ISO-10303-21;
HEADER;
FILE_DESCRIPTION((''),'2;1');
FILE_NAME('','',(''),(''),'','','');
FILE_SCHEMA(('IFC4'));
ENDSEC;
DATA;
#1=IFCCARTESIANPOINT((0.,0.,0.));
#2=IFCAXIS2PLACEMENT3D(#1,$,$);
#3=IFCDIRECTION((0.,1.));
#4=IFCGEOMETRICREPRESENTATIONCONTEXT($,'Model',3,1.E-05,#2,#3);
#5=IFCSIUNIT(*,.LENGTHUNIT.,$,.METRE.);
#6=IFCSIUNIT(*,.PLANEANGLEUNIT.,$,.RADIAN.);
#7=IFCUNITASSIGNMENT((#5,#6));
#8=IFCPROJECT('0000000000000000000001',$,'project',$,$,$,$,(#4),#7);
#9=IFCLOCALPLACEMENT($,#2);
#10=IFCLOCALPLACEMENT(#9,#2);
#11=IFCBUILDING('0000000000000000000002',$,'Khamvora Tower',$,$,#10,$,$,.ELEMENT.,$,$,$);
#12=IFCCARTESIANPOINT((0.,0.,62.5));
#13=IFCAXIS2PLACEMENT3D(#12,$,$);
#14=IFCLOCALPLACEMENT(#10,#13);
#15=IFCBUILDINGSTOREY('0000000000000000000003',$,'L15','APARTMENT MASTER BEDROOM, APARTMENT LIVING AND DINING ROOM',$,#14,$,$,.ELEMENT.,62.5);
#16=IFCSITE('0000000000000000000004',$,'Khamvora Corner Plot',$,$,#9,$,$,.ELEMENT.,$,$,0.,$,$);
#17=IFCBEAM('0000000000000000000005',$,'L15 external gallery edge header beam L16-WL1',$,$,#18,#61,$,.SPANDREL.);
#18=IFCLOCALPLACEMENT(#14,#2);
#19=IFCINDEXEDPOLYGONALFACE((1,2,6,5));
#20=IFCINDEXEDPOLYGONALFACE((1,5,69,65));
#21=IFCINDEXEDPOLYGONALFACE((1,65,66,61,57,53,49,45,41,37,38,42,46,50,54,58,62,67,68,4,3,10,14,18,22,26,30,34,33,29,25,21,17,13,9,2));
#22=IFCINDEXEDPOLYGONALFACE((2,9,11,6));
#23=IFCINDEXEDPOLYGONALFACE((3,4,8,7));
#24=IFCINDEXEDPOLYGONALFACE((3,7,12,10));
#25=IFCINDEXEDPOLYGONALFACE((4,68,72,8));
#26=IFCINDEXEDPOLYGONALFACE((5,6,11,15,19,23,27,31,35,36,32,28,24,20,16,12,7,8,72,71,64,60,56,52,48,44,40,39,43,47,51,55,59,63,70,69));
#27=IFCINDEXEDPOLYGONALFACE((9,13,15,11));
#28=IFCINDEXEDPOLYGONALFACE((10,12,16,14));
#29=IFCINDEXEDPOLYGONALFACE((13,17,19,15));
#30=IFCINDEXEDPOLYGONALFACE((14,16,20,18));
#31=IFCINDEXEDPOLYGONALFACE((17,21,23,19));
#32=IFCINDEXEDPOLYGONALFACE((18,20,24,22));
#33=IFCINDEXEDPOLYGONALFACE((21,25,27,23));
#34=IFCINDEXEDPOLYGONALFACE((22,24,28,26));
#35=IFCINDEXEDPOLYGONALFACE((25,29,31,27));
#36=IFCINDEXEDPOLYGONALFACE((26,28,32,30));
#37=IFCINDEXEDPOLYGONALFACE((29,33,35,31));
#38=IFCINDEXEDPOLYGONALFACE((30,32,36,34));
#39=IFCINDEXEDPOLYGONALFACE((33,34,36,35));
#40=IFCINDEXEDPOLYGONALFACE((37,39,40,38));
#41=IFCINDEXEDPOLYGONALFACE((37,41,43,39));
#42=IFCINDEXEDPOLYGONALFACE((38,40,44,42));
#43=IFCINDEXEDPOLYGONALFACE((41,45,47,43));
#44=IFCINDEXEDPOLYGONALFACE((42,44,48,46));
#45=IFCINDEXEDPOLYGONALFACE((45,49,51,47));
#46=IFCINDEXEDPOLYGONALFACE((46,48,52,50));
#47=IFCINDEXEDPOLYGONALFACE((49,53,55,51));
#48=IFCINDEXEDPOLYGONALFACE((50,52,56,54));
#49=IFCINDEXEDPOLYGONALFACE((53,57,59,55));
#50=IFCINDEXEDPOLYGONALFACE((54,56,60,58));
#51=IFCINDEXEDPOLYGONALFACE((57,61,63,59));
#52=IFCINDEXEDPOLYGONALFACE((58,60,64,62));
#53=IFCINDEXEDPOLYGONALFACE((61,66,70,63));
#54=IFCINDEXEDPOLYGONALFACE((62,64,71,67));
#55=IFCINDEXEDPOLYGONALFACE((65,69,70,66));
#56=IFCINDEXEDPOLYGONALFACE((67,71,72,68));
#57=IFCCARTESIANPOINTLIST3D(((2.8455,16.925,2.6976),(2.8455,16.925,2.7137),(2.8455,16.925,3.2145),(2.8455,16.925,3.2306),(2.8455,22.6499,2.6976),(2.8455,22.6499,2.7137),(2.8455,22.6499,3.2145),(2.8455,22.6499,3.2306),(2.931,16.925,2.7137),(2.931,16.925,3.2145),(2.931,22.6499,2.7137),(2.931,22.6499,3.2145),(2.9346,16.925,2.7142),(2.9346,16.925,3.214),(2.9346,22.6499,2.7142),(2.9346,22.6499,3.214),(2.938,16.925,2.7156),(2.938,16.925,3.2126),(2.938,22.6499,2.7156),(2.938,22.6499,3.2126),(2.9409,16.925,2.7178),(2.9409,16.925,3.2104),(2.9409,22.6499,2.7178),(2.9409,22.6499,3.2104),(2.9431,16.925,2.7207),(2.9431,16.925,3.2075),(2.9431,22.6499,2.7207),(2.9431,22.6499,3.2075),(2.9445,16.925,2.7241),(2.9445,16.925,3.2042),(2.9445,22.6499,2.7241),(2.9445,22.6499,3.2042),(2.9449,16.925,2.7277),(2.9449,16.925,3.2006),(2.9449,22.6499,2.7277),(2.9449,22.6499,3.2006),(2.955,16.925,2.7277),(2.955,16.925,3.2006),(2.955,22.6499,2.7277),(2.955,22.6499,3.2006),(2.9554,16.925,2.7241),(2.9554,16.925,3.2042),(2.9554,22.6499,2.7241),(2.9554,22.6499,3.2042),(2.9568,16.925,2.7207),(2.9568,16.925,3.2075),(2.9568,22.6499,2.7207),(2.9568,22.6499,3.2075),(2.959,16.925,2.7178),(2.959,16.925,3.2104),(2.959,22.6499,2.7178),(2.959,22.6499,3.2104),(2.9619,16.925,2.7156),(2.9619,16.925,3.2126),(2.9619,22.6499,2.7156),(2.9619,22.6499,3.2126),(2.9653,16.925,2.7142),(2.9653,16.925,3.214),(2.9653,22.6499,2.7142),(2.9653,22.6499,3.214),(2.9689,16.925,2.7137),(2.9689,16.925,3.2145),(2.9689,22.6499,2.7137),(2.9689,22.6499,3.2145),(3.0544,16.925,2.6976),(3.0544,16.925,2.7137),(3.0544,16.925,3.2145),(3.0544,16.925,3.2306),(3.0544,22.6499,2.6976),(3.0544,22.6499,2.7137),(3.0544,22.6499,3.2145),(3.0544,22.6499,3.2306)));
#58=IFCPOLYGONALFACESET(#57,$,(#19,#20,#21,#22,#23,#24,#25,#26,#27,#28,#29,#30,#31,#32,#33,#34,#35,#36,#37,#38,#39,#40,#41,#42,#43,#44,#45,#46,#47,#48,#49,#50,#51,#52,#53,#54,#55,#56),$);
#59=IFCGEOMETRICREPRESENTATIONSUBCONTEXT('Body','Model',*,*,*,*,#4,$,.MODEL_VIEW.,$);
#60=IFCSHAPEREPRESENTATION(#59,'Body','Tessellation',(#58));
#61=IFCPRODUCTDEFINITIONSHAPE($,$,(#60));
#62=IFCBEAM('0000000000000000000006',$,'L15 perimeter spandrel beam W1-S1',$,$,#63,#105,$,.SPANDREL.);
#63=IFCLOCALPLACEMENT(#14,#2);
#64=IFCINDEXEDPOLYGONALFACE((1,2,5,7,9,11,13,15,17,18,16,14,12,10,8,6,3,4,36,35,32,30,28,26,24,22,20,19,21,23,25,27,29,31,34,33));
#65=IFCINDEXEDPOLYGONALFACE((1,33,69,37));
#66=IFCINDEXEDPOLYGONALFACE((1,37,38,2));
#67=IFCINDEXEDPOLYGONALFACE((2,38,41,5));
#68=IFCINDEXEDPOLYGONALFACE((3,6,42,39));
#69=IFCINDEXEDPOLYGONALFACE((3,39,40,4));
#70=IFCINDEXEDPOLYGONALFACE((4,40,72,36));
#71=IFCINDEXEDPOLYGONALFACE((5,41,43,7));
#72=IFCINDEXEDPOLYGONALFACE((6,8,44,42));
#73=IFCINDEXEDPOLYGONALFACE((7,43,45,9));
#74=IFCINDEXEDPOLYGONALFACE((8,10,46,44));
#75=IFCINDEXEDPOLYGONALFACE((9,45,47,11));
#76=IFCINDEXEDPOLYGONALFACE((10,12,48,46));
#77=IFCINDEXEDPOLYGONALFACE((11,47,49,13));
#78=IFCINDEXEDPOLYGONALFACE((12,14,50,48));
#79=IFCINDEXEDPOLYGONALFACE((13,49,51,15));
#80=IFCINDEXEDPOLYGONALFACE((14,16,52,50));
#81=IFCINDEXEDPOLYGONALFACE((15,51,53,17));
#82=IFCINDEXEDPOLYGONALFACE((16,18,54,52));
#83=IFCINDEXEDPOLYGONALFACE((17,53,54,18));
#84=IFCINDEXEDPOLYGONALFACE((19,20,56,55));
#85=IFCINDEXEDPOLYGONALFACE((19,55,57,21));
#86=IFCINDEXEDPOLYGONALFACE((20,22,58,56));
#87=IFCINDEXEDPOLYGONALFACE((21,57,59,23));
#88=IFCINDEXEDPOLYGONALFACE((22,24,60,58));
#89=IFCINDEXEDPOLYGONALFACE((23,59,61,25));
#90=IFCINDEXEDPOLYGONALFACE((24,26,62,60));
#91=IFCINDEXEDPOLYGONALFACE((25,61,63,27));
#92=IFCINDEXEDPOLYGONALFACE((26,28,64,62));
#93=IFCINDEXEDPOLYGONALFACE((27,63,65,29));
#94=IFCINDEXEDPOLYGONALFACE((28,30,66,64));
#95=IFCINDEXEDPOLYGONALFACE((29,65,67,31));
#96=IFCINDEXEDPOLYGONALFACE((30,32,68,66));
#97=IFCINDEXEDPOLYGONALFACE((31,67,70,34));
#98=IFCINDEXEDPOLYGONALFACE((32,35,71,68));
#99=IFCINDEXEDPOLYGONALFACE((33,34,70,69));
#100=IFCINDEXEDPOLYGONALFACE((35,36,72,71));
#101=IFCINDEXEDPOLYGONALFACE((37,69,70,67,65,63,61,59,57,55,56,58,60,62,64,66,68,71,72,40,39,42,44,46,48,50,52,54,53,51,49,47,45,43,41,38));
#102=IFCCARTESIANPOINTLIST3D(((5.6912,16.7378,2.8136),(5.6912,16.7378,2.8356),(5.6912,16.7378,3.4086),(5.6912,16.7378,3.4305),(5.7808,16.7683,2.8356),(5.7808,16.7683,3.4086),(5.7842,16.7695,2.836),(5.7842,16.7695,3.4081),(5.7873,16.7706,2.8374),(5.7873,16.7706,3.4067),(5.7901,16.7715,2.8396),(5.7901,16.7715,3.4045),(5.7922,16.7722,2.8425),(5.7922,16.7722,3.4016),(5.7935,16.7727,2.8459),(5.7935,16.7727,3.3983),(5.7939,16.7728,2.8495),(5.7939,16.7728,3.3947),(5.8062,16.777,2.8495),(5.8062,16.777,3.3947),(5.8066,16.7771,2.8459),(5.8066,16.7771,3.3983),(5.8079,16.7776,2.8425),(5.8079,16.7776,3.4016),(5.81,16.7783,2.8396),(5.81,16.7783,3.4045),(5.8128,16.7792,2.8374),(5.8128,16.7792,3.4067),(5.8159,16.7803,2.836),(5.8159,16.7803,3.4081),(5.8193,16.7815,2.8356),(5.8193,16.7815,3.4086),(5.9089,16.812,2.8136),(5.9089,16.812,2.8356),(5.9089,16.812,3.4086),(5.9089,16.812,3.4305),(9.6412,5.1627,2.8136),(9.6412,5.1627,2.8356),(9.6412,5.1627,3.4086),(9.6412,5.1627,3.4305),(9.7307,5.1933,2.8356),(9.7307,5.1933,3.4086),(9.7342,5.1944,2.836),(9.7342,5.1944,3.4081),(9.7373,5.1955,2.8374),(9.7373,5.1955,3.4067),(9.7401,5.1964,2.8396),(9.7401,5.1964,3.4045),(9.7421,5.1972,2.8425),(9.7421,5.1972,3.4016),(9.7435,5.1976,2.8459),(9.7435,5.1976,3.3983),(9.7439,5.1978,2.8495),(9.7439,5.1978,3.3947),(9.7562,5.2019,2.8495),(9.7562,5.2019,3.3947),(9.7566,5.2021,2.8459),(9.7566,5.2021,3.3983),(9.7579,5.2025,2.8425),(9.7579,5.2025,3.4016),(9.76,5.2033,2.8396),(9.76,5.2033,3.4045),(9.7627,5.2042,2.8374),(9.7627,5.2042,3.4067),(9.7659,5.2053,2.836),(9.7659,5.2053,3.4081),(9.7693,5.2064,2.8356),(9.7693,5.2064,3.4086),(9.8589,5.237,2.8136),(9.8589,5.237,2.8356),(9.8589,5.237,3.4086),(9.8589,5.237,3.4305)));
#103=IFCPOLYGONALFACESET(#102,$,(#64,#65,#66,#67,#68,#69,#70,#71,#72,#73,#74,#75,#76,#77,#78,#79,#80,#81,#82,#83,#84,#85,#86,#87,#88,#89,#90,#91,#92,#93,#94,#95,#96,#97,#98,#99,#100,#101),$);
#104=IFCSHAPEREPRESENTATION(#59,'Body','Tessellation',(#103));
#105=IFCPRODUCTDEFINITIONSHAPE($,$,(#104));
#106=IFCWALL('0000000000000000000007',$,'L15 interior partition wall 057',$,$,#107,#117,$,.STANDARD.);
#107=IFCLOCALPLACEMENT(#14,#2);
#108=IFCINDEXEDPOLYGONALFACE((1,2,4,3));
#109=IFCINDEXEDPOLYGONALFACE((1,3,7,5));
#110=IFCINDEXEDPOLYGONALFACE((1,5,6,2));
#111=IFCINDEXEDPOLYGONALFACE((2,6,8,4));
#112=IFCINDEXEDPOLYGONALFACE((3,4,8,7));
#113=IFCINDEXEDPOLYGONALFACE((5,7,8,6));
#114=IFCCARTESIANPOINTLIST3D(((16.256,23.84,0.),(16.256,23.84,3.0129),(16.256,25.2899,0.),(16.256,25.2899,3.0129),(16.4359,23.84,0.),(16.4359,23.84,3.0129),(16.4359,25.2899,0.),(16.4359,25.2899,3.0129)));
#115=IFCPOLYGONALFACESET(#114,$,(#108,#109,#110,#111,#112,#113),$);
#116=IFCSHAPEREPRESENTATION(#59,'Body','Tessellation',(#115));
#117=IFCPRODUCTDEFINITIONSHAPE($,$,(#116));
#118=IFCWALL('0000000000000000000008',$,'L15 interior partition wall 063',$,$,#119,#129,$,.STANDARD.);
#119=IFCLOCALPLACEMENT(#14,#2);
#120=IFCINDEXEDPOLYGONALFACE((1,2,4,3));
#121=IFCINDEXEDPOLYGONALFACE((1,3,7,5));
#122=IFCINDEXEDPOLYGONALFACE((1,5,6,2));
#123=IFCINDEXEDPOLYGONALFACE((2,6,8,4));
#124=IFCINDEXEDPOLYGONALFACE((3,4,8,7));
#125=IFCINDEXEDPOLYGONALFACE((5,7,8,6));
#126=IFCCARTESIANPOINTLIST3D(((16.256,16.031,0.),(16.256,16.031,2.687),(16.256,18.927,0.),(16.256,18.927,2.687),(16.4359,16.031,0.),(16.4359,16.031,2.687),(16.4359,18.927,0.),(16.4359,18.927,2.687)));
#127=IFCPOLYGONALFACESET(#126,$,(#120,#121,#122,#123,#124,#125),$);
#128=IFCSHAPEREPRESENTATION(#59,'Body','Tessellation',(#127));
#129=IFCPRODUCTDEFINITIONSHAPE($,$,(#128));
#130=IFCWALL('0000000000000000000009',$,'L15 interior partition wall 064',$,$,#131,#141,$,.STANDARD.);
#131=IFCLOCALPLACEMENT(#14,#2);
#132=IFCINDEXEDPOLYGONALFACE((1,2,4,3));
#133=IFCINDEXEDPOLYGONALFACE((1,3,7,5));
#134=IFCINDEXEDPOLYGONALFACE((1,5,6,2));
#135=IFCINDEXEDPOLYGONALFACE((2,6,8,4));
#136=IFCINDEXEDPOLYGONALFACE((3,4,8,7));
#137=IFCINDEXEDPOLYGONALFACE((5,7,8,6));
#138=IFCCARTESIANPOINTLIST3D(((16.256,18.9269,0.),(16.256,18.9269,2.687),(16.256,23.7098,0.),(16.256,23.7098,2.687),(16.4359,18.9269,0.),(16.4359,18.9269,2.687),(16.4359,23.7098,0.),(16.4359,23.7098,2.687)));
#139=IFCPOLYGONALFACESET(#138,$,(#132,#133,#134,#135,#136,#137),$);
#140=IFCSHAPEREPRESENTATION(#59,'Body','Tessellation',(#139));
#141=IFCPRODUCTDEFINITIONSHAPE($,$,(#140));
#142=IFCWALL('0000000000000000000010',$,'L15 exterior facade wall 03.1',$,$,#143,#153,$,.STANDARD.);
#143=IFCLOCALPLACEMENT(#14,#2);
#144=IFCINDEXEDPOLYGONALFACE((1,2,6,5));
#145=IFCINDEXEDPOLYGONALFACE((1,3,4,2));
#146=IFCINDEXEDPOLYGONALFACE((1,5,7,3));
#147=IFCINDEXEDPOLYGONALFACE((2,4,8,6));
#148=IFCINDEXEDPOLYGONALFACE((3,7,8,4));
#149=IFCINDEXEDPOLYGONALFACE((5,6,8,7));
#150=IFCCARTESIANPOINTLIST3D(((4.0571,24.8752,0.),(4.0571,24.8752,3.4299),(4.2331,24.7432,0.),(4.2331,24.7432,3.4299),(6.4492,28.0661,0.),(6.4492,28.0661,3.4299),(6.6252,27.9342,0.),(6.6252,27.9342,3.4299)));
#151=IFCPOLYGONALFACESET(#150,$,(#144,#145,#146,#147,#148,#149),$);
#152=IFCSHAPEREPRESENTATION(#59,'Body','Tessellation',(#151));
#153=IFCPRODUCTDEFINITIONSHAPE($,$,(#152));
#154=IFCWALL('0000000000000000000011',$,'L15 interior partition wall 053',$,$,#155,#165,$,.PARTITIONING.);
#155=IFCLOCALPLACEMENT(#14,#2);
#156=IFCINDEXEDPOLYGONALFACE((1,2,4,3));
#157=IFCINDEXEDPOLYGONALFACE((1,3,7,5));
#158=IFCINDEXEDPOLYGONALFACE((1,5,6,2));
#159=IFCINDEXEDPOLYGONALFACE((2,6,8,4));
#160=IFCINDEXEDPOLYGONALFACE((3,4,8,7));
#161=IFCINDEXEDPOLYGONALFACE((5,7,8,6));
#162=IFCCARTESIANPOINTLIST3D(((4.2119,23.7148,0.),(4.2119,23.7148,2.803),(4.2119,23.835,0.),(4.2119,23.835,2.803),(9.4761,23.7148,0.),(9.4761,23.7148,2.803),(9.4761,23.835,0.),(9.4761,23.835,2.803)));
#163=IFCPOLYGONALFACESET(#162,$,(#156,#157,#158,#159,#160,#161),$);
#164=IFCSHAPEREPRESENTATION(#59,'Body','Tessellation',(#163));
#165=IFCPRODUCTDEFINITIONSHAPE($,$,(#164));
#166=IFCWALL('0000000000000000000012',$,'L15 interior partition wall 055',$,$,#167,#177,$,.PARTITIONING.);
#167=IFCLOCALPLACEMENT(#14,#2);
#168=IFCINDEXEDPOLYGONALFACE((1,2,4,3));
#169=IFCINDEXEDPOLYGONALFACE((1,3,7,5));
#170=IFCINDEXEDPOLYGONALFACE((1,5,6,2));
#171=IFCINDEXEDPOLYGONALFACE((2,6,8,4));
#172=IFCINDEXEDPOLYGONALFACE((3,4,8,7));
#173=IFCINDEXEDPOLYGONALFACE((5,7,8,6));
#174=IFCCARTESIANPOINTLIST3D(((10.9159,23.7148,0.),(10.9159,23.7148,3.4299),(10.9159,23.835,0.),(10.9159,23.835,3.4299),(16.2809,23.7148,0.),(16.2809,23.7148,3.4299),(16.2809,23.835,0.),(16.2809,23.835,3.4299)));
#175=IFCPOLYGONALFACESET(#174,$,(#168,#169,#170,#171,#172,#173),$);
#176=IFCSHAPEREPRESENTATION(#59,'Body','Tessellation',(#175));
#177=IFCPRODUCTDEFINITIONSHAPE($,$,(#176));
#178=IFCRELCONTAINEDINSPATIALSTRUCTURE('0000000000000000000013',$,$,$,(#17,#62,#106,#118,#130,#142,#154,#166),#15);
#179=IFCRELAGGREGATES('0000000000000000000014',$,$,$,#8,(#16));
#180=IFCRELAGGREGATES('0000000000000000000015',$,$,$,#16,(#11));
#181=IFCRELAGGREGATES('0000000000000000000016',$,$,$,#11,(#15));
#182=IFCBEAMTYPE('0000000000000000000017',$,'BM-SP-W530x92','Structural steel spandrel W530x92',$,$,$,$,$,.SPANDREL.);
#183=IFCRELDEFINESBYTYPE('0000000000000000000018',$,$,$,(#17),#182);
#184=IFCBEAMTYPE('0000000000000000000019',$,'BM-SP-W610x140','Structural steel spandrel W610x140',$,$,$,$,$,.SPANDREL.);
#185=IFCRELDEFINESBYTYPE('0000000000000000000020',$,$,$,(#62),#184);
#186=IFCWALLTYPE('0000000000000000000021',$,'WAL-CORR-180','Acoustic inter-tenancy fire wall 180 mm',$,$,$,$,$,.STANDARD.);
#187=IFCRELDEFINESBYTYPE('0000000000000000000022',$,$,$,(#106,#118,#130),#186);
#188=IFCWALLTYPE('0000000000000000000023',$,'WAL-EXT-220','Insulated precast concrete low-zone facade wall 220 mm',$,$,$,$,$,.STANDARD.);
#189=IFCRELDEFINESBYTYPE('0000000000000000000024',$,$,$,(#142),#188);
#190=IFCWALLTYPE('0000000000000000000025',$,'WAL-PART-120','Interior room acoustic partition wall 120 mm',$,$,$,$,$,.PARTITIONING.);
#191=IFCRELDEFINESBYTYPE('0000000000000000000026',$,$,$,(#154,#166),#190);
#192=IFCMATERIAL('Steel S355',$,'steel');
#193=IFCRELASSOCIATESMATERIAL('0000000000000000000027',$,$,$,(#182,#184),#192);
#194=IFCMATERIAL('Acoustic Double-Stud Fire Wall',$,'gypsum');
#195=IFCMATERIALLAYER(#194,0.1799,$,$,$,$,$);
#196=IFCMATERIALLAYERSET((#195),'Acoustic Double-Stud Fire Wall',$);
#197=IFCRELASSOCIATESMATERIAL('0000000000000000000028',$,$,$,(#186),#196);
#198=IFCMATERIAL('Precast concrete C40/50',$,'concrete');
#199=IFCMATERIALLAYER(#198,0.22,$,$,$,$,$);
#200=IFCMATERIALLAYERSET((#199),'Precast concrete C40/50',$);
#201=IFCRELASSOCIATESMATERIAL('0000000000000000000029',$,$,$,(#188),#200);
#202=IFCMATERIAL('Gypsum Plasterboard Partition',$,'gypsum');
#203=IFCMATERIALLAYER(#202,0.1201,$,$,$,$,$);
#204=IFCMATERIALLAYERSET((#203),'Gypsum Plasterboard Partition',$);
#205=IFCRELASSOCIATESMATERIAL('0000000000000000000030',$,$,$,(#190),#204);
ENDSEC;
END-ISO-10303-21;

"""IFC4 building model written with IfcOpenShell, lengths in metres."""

from ifc_helpers import new_model, si_unit, direction, frame, frame_2d, origin, origin_2d, place, context, subcontext, project, spatial, rectangle, i_section, extrude, material, layer, layer_set, material_profile, profile_set, type_object, element, save


model = new_model("IFC4")

# Units and contexts
model_context = context("Model", 3, precision=1e-05, world=origin(), true_north=direction((0.0, 1.0)))
body_context = subcontext(model_context, "Body", "Model", "MODEL_VIEW")
ifc_project = project(units=[si_unit("LENGTHUNIT", "METRE"), si_unit("PLANEANGLEUNIT", "RADIAN")], contexts=[model_context])

# Site, building, storey
site_placement = place(None, origin())
site = spatial("IfcSite", under=ifc_project, at=site_placement, Name="Khamvora Corner Plot", CompositionType="ELEMENT", RefElevation=0.0)
building_placement = place(site_placement, origin())
building = spatial("IfcBuilding", under=site, at=building_placement, Name="Khamvora Tower", CompositionType="ELEMENT")
storey_placement = place(building_placement, frame((0.0, 0.0, 62.5)))
storey = spatial("IfcBuildingStorey", under=building, at=storey_placement, Name="L15", Description="APARTMENT MASTER BEDROOM, APARTMENT LIVING AND DINING ROOM", CompositionType="ELEMENT", Elevation=62.5)

# Beams
ifc_material_1 = material(Name="Steel S355", Category="steel")
ifc_material_profile_1 = material_profile(ifc_material_1, i_section(OverallWidth=0.209, OverallDepth=0.533, WebThickness=0.01, FlangeThickness=0.0161, FilletRadius=0.0139, at=origin_2d()), Name="W530x92")
ifc_profile_set_1 = profile_set([ifc_material_profile_1], Name="Steel S355")
beam_type_1 = type_object("IfcBeamType", Name="BM-SP-W530x92", Description="Structural steel spandrel W530x92", PredefinedType="SPANDREL", material=ifc_profile_set_1)
beam_1_placement = place(storey_placement, frame((2.95, 16.925, 2.9641), z_axis=(0.0, 1.0, 0.0), x_axis=(-1.0, 0.0, 0.0)))
element("IfcBeam", 1, at=beam_1_placement, inside=storey, type_object=beam_type_1, Name="L15 external gallery edge header beam L16-WL1", PredefinedType="SPANDREL", context=body_context, shape_type="SweptSolid", body=[
    extrude(i_section(OverallWidth=0.209, OverallDepth=0.533, WebThickness=0.01, FlangeThickness=0.0161, FilletRadius=0.0139, at=origin_2d()), origin(), (0.0, 0.0, 1.0), 5.7249),
])
ifc_material_profile_2 = material_profile(ifc_material_1, i_section(OverallWidth=0.23, OverallDepth=0.6169, WebThickness=0.0129, FlangeThickness=0.022, FilletRadius=0.0139, at=origin_2d()), Name="W610x140")
ifc_profile_set_2 = profile_set([ifc_material_profile_2], Name="Steel S355")
beam_type_2 = type_object("IfcBeamType", Name="BM-SP-W610x140", Description="Structural steel spandrel W610x140", PredefinedType="SPANDREL", material=ifc_profile_set_2)
beam_2_placement = place(storey_placement, frame((5.8, 16.7749, 3.1221), z_axis=(0.322963, -0.946412, 0.0), x_axis=(0.946412, 0.322963, 0.0)))
element("IfcBeam", 2, at=beam_2_placement, inside=storey, type_object=beam_type_2, Name="L15 perimeter spandrel beam W1-S1", PredefinedType="SPANDREL", context=body_context, shape_type="SweptSolid", body=[
    extrude(i_section(OverallWidth=0.23, OverallDepth=0.6169, WebThickness=0.0129, FlangeThickness=0.022, FilletRadius=0.0139, at=origin_2d()), origin(), (0.0, 0.0, 1.0), 12.2305),
])

# Walls
ifc_material_2 = material(Name="Acoustic Double-Stud Fire Wall", Category="gypsum")
ifc_layer_1 = layer(ifc_material_2, 0.1799)
ifc_layer_set_1 = layer_set([ifc_layer_1], Name="Acoustic Double-Stud Fire Wall")
wall_type_1 = type_object("IfcWallType", Name="WAL-CORR-180", Description="Acoustic inter-tenancy fire wall 180 mm", PredefinedType="STANDARD", material=ifc_layer_set_1)
wall_1_placement = place(storey_placement, frame((16.3459, 25.29, 0.0), z_axis=(0.0, 0.0, 1.0), x_axis=(0.0, -1.0, 0.0)))
element("IfcWall", 3, at=wall_1_placement, inside=storey, type_object=wall_type_1, Name="L15 interior partition wall 057", PredefinedType="STANDARD", context=body_context, shape_type="SweptSolid", body=[
    extrude(rectangle(XDim=1.45, YDim=0.1799, at=frame_2d((0.7251, 0.0))), origin(), (0.0, 0.0, 1.0), 3.0129),
])
wall_2_placement = place(storey_placement, frame((16.3459, 18.927, 0.0), z_axis=(0.0, 0.0, 1.0), x_axis=(0.0, -1.0, 0.0)))
element("IfcWall", 4, at=wall_2_placement, inside=storey, type_object=wall_type_1, Name="L15 interior partition wall 063", PredefinedType="STANDARD", context=body_context, shape_type="SweptSolid", body=[
    extrude(rectangle(XDim=2.896, YDim=0.1799, at=frame_2d((1.448, 0.0))), origin(), (0.0, 0.0, 1.0), 2.687),
])
wall_3_placement = place(storey_placement, frame((16.3459, 23.71, 0.0), z_axis=(0.0, 0.0, 1.0), x_axis=(0.0, -1.0, 0.0)))
element("IfcWall", 5, at=wall_3_placement, inside=storey, type_object=wall_type_1, Name="L15 interior partition wall 064", PredefinedType="STANDARD", context=body_context, shape_type="SweptSolid", body=[
    extrude(rectangle(XDim=4.783, YDim=0.1799, at=frame_2d((2.3916, 0.0))), origin(), (0.0, 0.0, 1.0), 2.687),
])
ifc_material_3 = material(Name="Precast concrete C40/50", Category="concrete")
ifc_layer_2 = layer(ifc_material_3, 0.22)
ifc_layer_set_2 = layer_set([ifc_layer_2], Name="Precast concrete C40/50")
wall_type_2 = type_object("IfcWallType", Name="WAL-EXT-220", Description="Insulated precast concrete low-zone facade wall 220 mm", PredefinedType="STANDARD", material=ifc_layer_set_2)
wall_4_placement = place(storey_placement, frame((4.145, 24.8091, 0.0), z_axis=(0.0, 0.0, 1.0), x_axis=(0.599824, 0.800132, 0.0)))
element("IfcWall", 6, at=wall_4_placement, inside=storey, type_object=wall_type_2, Name="L15 exterior facade wall 03.1", PredefinedType="STANDARD", context=body_context, shape_type="SweptSolid", body=[
    extrude(rectangle(XDim=3.988, YDim=0.22, at=frame_2d((1.9941, 0.0))), origin(), (0.0, 0.0, 1.0), 3.4299),
])
ifc_material_4 = material(Name="Gypsum Plasterboard Partition", Category="gypsum")
ifc_layer_3 = layer(ifc_material_4, 0.1201)
ifc_layer_set_3 = layer_set([ifc_layer_3], Name="Gypsum Plasterboard Partition")
wall_type_3 = type_object("IfcWallType", Name="WAL-PART-120", Description="Interior room acoustic partition wall 120 mm", PredefinedType="PARTITIONING", material=ifc_layer_set_3)
wall_5_placement = place(storey_placement, frame((9.4761, 23.7749, 0.0), z_axis=(0.0, 0.0, 1.0), x_axis=(-1.0, 0.0, 0.0)))
element("IfcWall", 7, at=wall_5_placement, inside=storey, type_object=wall_type_3, Name="L15 interior partition wall 053", PredefinedType="PARTITIONING", context=body_context, shape_type="SweptSolid", body=[
    extrude(rectangle(XDim=5.2642, YDim=0.1201, at=frame_2d((2.6321, 0.0))), origin(), (0.0, 0.0, 1.0), 2.803),
])
wall_6_placement = place(storey_placement, frame((16.281, 23.7749, 0.0), z_axis=(0.0, 0.0, 1.0), x_axis=(-1.0, 0.0, 0.0)))
element("IfcWall", 8, at=wall_6_placement, inside=storey, type_object=wall_type_3, Name="L15 interior partition wall 055", PredefinedType="PARTITIONING", context=body_context, shape_type="SweptSolid", body=[
    extrude(rectangle(XDim=5.365, YDim=0.1201, at=frame_2d((2.6826, 0.0))), origin(), (0.0, 0.0, 1.0), 3.4299),
])

save(model, "model.ifc")
